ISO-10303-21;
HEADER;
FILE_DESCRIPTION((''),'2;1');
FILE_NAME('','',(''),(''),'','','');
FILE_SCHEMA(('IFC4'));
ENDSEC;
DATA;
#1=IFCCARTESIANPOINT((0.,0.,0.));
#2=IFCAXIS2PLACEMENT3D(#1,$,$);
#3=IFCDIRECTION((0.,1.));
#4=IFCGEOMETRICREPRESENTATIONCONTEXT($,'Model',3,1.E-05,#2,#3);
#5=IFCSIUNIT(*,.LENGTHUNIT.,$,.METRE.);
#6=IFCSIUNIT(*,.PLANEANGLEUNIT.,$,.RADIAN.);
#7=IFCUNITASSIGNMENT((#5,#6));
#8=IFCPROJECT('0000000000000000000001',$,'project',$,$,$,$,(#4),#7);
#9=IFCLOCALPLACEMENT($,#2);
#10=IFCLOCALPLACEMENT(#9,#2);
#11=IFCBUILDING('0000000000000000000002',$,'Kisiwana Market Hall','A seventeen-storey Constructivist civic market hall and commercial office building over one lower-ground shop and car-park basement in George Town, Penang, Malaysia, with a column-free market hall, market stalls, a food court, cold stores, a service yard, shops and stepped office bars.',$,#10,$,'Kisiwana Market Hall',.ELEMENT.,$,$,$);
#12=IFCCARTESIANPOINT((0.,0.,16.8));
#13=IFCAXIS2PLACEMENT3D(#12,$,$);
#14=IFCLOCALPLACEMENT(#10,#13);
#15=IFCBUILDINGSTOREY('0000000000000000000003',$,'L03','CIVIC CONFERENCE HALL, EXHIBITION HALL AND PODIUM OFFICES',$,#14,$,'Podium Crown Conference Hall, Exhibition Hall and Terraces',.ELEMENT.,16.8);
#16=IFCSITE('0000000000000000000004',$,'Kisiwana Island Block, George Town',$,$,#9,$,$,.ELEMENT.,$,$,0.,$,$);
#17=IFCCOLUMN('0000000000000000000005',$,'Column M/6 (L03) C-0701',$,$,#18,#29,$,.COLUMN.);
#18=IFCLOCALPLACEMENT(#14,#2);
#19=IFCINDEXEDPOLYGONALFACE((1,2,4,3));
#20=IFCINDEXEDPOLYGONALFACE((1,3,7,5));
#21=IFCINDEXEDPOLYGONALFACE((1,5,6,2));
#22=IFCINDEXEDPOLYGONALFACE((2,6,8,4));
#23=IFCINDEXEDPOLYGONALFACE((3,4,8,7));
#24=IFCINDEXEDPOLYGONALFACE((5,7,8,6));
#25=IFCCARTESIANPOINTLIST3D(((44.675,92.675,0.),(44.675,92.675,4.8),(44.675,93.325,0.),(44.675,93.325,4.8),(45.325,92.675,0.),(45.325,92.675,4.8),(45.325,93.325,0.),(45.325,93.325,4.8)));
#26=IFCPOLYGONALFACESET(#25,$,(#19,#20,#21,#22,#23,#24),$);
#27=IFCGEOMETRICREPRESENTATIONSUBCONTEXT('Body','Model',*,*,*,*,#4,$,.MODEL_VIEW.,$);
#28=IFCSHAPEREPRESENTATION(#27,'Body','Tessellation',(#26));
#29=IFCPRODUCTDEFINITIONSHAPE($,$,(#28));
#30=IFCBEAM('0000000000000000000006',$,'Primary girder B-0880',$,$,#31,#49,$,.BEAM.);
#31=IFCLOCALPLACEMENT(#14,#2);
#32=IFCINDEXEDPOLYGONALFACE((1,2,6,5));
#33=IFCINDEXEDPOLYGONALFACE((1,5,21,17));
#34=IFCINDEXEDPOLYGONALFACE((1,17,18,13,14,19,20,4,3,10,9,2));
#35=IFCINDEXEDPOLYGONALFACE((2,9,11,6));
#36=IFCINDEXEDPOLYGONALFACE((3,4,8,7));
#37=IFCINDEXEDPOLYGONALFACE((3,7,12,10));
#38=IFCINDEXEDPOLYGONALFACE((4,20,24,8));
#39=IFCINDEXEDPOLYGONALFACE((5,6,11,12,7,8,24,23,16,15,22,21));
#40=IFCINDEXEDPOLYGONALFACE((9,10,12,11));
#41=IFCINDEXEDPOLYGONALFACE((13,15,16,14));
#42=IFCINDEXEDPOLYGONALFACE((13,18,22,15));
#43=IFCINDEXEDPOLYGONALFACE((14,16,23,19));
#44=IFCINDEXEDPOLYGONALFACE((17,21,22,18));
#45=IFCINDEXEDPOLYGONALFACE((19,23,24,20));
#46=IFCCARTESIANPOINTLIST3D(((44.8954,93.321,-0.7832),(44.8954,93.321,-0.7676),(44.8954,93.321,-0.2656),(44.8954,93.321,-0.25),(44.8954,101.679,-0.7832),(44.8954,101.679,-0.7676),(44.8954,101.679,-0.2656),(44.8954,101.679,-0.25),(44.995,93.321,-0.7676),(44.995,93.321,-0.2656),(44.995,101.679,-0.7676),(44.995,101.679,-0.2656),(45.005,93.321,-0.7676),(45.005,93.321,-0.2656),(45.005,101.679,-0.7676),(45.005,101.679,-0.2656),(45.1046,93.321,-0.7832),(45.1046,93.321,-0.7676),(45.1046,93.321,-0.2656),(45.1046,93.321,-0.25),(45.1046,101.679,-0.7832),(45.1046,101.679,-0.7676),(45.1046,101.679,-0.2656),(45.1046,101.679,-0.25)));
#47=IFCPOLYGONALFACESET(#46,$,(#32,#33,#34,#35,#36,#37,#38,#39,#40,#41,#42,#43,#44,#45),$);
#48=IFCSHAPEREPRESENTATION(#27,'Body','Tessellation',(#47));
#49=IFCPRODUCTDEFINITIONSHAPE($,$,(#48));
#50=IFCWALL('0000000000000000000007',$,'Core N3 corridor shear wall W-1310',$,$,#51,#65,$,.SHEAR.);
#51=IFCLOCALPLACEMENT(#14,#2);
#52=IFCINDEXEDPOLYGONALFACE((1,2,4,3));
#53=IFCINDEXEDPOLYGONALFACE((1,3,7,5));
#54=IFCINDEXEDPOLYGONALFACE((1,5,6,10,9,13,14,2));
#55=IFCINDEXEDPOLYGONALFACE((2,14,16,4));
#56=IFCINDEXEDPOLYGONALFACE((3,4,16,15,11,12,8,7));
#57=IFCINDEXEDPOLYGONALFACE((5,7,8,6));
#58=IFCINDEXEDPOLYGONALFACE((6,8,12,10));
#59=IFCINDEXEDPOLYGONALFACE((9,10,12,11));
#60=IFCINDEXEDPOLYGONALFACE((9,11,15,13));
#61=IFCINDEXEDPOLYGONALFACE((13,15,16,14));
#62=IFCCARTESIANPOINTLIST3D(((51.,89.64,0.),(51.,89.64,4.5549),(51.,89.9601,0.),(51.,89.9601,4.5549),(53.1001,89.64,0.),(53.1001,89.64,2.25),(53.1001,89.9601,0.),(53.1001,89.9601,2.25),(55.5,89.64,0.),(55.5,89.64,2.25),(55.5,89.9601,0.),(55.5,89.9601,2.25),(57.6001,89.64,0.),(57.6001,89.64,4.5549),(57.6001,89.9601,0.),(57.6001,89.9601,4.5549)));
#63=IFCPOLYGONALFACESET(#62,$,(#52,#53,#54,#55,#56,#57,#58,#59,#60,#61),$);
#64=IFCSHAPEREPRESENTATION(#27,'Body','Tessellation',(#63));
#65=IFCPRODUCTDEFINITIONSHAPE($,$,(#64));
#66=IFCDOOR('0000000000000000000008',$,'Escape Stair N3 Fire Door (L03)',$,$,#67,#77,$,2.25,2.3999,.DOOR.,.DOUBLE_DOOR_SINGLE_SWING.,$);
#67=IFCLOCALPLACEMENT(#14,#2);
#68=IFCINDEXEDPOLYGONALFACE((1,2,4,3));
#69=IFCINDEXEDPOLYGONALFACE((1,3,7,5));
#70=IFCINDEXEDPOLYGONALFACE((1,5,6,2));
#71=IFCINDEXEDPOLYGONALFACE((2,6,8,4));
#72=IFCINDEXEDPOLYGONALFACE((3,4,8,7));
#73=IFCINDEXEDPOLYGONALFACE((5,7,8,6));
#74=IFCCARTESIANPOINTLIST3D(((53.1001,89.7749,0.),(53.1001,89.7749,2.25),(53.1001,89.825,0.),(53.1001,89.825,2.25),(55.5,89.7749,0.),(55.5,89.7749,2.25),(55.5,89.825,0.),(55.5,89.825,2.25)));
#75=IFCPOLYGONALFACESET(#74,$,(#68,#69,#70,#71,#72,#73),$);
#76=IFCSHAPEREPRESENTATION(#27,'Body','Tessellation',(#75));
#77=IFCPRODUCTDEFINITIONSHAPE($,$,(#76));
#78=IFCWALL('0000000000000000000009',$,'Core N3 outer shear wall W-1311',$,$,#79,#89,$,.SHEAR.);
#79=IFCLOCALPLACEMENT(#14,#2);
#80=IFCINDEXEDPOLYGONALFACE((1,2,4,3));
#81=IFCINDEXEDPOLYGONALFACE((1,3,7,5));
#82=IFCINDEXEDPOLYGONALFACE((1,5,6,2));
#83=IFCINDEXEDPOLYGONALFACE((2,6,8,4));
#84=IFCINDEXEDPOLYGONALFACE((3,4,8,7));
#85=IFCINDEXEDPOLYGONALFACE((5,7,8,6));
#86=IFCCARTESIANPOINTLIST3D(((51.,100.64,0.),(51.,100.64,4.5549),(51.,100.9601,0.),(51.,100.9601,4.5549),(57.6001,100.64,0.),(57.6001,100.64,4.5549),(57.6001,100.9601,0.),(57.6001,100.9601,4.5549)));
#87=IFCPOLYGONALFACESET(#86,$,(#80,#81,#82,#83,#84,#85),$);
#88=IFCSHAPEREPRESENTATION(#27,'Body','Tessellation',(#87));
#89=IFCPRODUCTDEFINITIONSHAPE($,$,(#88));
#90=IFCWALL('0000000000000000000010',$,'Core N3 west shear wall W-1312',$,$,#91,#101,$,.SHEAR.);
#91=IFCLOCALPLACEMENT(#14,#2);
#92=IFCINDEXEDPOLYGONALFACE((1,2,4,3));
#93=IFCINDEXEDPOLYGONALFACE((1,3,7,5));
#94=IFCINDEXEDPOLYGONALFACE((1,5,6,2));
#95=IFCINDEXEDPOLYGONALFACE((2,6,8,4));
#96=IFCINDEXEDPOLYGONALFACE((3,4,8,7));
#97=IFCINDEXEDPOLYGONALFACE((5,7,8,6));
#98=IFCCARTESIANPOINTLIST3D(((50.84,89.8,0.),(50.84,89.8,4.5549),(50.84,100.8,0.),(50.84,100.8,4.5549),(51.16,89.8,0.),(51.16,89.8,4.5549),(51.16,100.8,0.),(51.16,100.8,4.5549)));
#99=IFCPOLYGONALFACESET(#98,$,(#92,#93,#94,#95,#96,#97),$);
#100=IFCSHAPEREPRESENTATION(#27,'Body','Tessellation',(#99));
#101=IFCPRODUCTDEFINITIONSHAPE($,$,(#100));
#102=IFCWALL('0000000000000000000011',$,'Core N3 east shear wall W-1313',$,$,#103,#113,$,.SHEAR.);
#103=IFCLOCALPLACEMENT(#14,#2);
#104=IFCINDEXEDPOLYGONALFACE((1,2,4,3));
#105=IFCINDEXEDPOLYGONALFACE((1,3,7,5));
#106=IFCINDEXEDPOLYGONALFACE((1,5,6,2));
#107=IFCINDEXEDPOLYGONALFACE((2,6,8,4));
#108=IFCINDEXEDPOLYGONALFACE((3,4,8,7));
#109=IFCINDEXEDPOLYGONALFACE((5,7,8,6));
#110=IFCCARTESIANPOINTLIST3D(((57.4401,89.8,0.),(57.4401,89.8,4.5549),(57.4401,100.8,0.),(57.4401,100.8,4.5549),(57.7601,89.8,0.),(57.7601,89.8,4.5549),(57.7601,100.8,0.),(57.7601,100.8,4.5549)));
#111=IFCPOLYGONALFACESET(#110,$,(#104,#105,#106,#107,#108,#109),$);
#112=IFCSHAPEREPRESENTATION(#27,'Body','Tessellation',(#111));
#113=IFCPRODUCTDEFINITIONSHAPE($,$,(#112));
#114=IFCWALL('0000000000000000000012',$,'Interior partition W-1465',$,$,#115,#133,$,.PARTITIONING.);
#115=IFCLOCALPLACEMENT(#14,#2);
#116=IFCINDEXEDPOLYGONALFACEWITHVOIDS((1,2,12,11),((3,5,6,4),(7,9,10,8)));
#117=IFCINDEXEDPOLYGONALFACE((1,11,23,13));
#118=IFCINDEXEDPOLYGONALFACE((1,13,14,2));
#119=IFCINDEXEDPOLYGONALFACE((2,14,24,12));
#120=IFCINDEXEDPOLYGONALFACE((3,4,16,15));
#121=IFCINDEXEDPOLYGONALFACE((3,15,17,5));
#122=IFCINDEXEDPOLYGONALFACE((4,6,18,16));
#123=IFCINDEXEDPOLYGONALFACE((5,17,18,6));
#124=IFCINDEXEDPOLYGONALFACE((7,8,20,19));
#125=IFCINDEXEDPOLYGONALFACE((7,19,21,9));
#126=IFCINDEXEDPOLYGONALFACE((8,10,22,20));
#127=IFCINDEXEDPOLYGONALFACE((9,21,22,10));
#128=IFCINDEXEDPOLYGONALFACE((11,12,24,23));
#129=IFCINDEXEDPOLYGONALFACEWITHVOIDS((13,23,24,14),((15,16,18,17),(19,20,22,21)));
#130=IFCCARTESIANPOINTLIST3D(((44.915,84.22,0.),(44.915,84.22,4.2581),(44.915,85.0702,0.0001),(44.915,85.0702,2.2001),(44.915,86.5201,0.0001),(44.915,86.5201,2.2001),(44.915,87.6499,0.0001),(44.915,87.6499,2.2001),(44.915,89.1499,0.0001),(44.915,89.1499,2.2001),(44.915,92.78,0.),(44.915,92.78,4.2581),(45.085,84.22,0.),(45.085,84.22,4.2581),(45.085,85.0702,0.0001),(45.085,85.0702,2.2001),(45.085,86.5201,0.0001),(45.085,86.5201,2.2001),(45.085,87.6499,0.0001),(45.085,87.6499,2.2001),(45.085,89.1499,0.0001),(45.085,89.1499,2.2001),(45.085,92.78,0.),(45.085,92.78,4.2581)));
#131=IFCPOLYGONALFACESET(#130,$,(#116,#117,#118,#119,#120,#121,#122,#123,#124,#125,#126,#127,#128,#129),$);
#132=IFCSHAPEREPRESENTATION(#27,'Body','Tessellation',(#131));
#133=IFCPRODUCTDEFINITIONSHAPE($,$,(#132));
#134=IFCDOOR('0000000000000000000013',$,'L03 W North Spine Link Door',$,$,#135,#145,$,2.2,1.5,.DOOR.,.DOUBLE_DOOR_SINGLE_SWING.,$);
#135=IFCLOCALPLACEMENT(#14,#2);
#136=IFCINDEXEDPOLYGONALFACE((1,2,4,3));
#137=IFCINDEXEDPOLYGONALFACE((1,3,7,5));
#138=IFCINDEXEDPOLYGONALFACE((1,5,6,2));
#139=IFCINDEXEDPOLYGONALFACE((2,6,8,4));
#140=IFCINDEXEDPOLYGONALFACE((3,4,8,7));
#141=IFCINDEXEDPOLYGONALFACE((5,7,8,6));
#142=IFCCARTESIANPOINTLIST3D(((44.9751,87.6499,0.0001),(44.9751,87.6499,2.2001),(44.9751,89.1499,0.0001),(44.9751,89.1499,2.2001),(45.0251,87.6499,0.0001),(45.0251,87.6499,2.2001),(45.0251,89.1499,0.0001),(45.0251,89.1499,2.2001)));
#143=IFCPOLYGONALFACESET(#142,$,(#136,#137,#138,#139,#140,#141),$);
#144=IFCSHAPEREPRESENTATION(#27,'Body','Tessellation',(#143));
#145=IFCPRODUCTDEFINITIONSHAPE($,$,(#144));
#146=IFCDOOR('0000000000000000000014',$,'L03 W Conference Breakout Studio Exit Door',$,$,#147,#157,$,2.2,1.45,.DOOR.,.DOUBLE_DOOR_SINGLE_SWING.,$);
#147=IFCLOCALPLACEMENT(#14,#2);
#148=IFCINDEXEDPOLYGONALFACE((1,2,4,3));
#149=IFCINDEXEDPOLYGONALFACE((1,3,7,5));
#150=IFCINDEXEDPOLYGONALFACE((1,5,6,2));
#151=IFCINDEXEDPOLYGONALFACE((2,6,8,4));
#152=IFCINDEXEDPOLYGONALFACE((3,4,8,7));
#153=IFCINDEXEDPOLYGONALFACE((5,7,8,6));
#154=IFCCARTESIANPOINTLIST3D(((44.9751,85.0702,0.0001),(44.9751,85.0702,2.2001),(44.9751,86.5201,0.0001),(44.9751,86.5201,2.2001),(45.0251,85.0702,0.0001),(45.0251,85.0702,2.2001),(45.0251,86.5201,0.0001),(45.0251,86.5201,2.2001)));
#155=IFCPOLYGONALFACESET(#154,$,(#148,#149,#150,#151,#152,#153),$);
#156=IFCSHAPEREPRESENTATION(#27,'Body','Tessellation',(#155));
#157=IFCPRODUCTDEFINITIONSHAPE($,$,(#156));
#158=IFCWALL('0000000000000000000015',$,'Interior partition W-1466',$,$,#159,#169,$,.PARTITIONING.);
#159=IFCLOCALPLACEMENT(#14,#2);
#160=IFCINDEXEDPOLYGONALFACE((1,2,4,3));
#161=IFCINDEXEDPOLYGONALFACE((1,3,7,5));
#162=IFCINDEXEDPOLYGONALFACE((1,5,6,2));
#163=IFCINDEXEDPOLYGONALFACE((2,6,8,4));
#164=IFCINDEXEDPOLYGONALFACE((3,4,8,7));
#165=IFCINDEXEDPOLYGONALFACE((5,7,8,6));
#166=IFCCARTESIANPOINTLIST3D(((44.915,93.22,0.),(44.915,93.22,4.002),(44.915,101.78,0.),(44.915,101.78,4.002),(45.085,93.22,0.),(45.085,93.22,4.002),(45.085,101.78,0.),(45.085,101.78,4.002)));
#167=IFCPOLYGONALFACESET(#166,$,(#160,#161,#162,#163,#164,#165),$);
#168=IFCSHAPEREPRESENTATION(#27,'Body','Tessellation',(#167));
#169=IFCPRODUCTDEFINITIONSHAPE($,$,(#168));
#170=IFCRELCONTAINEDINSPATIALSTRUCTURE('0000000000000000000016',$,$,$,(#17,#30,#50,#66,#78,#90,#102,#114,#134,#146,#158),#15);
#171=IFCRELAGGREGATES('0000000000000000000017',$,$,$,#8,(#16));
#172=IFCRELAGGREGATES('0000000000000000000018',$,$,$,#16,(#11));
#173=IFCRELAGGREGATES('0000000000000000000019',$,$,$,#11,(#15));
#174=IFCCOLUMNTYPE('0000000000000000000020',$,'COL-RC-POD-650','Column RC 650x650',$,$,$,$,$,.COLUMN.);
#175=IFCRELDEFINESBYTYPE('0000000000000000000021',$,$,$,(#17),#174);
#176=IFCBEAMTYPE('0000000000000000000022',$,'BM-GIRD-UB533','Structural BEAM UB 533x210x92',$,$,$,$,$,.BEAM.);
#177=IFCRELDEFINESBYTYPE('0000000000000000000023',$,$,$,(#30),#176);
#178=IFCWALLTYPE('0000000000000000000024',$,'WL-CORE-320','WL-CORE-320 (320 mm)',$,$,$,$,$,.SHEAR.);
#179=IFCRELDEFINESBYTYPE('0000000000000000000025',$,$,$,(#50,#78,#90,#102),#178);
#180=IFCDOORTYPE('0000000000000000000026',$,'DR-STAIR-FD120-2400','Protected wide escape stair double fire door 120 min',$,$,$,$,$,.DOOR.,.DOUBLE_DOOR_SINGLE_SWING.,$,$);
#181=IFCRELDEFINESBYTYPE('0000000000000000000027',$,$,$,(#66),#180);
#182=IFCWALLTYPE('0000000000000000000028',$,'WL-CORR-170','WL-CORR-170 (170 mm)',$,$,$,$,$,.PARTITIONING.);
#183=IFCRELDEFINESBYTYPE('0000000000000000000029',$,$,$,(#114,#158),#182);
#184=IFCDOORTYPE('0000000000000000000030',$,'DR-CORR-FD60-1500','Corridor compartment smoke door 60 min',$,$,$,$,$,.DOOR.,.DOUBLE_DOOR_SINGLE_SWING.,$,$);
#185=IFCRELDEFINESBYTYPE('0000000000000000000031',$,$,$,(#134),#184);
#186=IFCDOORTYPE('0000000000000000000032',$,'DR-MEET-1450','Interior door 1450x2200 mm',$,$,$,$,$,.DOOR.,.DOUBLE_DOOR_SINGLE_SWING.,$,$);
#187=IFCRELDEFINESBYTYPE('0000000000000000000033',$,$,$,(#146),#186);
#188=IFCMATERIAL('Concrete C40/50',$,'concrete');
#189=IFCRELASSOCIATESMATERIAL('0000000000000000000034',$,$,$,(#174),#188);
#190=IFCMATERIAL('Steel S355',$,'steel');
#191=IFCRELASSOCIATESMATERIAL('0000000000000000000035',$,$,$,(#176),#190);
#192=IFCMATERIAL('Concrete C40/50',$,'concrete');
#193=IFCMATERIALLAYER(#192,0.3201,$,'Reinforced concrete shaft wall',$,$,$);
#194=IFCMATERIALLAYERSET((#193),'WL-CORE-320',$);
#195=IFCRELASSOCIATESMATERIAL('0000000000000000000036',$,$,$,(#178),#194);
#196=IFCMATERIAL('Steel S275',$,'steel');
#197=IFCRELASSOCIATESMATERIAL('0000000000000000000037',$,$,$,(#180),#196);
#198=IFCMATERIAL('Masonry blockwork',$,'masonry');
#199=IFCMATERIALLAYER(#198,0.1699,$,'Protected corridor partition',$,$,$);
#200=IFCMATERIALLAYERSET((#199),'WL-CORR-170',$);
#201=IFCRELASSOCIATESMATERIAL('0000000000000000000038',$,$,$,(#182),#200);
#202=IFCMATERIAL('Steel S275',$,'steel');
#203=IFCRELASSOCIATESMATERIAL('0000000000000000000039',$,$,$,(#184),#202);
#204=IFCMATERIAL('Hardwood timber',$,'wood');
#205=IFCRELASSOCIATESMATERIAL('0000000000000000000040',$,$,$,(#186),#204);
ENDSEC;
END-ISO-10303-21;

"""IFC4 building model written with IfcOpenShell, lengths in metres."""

from ifc_helpers import new_model, si_unit, direction, frame, frame_2d, origin, origin_2d, place, context, subcontext, project, spatial, rectangle, i_section, extrude, material, layer, layer_set, material_profile, profile_set, type_object, element, fill, save


model = new_model("IFC4")

# Units and contexts
model_context = context("Model", 3, precision=1e-05, world=origin(), true_north=direction((0.0, 1.0)))
body_context = subcontext(model_context, "Body", "Model", "MODEL_VIEW")
ifc_project = project(units=[si_unit("LENGTHUNIT", "METRE"), si_unit("PLANEANGLEUNIT", "RADIAN")], contexts=[model_context])

# Site, building, storey
site_placement = place(None, origin())
site = spatial("IfcSite", under=ifc_project, at=site_placement, Name="Kisiwana Island Block, George Town", CompositionType="ELEMENT", RefElevation=0.0)
building_placement = place(site_placement, origin())
building = spatial("IfcBuilding", under=site, at=building_placement, Name="Kisiwana Market Hall", Description="A seventeen-storey Constructivist civic market hall and commercial office building over one lower-ground shop and car-park basement in George Town, Penang, Malaysia, with a column-free market hall, market stalls, a food court, cold stores, a service yard, shops and stepped office bars.", LongName="Kisiwana Market Hall", CompositionType="ELEMENT")
storey_placement = place(building_placement, frame((0.0, 0.0, 16.8)))
storey = spatial("IfcBuildingStorey", under=building, at=storey_placement, Name="L03", Description="CIVIC CONFERENCE HALL, EXHIBITION HALL AND PODIUM OFFICES", LongName="Podium Crown Conference Hall, Exhibition Hall and Terraces", CompositionType="ELEMENT", Elevation=16.8)

# Column
ifc_material_1 = material(Name="Concrete C40/50", Category="concrete")
ifc_material_profile_1 = material_profile(ifc_material_1, rectangle(XDim=0.6499, YDim=0.6499, at=origin_2d()), Name="RC 650x650")
ifc_profile_set_1 = profile_set([ifc_material_profile_1], Name="Concrete C40/50")
column_type = type_object("IfcColumnType", Name="COL-RC-POD-650", Description="Column RC 650x650", PredefinedType="COLUMN", material=ifc_profile_set_1)
column_placement = place(storey_placement, frame((45.0, 93.0, 0.0), z_axis=(0.0, 0.0, 1.0), x_axis=(1.0, 0.0, 0.0)))
element("IfcColumn", 1, at=column_placement, inside=storey, type_object=column_type, Name="Column M/6 (L03) C-0701", PredefinedType="COLUMN", context=body_context, shape_type="SweptSolid", body=[
    extrude(rectangle(XDim=0.6499, YDim=0.6499, at=origin_2d()), origin(), (0.0, 0.0, 1.0), 4.8),
])

# Beam
ifc_material_2 = material(Name="Steel S355", Category="steel")
ifc_material_profile_2 = material_profile(ifc_material_2, i_section(OverallWidth=0.2092, OverallDepth=0.5332, WebThickness=0.01, FlangeThickness=0.0156, at=origin_2d()), Name="UB 533x210x92")
ifc_profile_set_2 = profile_set([ifc_material_profile_2], Name="Steel S355")
beam_type = type_object("IfcBeamType", Name="BM-GIRD-UB533", Description="Structural BEAM UB 533x210x92", PredefinedType="BEAM", material=ifc_profile_set_2)
beam_placement = place(storey_placement, frame((45.0, 93.321, -0.5166), z_axis=(0.0, 1.0, 0.0), x_axis=(-1.0, 0.0, 0.0)))
element("IfcBeam", 2, at=beam_placement, inside=storey, type_object=beam_type, Name="Primary girder B-0880", PredefinedType="BEAM", context=body_context, shape_type="SweptSolid", body=[
    extrude(i_section(OverallWidth=0.2092, OverallDepth=0.5332, WebThickness=0.01, FlangeThickness=0.0156, at=origin_2d()), origin(), (0.0, 0.0, 1.0), 8.3579),
])

# Wall, opening, door
ifc_material_3 = material(Name="Concrete C40/50", Category="concrete")
ifc_layer_1 = layer(ifc_material_3, 0.3201, Name="Reinforced concrete shaft wall")
ifc_layer_set_1 = layer_set([ifc_layer_1], Name="WL-CORE-320")
wall_type_1 = type_object("IfcWallType", Name="WL-CORE-320", Description="WL-CORE-320 (320 mm)", PredefinedType="SHEAR", material=ifc_layer_set_1)
wall_1_placement = place(storey_placement, frame((51.0, 89.8, 0.0), z_axis=(0.0, 0.0, 1.0), x_axis=(1.0, 0.0, 0.0)))
wall_1 = element("IfcWall", 3, at=wall_1_placement, inside=storey, type_object=wall_type_1, Name="Core N3 corridor shear wall W-1310", PredefinedType="SHEAR", context=body_context, shape_type="SweptSolid", body=[
    extrude(rectangle(XDim=6.6001, YDim=0.3201, at=frame_2d((3.3, 0.0))), origin(), (0.0, 0.0, 1.0), 4.5549),
])
opening_1_placement = place(wall_1_placement, frame((2.1001, 0.0, 0.0)))
opening_1 = element("IfcOpeningElement", 4, at=opening_1_placement, cuts=wall_1, PredefinedType="OPENING", context=body_context, shape_type="SweptSolid", body=[
    extrude(rectangle(XDim=2.3999, YDim=2.25, at=frame_2d((1.2, 1.125))), frame((0.0, 0.1719, 0.0), z_axis=(0.0, -1.0, 0.0), x_axis=(1.0, 0.0, 0.0)), (0.0, 0.0, 1.0), 0.344),
])
ifc_material_4 = material(Name="Steel S275", Category="steel")
door_type_1 = type_object("IfcDoorType", Name="DR-STAIR-FD120-2400", Description="Protected wide escape stair double fire door 120 min", OperationType="DOUBLE_DOOR_SINGLE_SWING", PredefinedType="DOOR", material=ifc_material_4)
door_1_placement = place(opening_1_placement, origin())
door_1 = element("IfcDoor", 5, at=door_1_placement, inside=storey, type_object=door_type_1, Name="Escape Stair N3 Fire Door (L03)", OperationType="DOUBLE_DOOR_SINGLE_SWING", OverallHeight=2.25, OverallWidth=2.3999, PredefinedType="DOOR", context=body_context, shape_type="SweptSolid", body=[
    extrude(rectangle(XDim=2.3999, YDim=2.25, at=frame_2d((1.2, 1.125))), frame((0.0, 0.0249, 0.0), z_axis=(0.0, -1.0, 0.0), x_axis=(1.0, 0.0, 0.0)), (0.0, 0.0, 1.0), 0.05),
])
fill(opening_1, door_1)

# Walls
wall_2_placement = place(storey_placement, frame((51.0, 100.8, 0.0), z_axis=(0.0, 0.0, 1.0), x_axis=(1.0, 0.0, 0.0)))
element("IfcWall", 6, at=wall_2_placement, inside=storey, type_object=wall_type_1, Name="Core N3 outer shear wall W-1311", PredefinedType="SHEAR", context=body_context, shape_type="SweptSolid", body=[
    extrude(rectangle(XDim=6.6001, YDim=0.3201, at=frame_2d((3.3, 0.0))), origin(), (0.0, 0.0, 1.0), 4.5549),
])
for number, where, z_axis, x_axis, name in (
    (7, (51.0, 89.8, 0.0), (0.0, 0.0, 1.0), (0.0, 1.0, 0.0), "Core N3 west shear wall W-1312"),
    (8, (57.6001, 89.8, 0.0), (0.0, 0.0, 1.0), (0.0, 1.0, 0.0), "Core N3 east shear wall W-1313"),
):
    element("IfcWall", number, at=place(storey_placement, frame(where, z_axis=z_axis, x_axis=x_axis)), inside=storey, type_object=wall_type_1, Name=name, PredefinedType="SHEAR", context=body_context, shape_type="SweptSolid", body=[
        extrude(rectangle(XDim=11.0, YDim=0.3201, at=frame_2d((5.5, 0.0))), origin(), (0.0, 0.0, 1.0), 4.5549),
    ])

# Wall, openings, doors
ifc_material_5 = material(Name="Masonry blockwork", Category="masonry")
ifc_layer_2 = layer(ifc_material_5, 0.1699, Name="Protected corridor partition")
ifc_layer_set_2 = layer_set([ifc_layer_2], Name="WL-CORR-170")
wall_type_2 = type_object("IfcWallType", Name="WL-CORR-170", Description="WL-CORR-170 (170 mm)", PredefinedType="PARTITIONING", material=ifc_layer_set_2)
wall_3_placement = place(storey_placement, frame((45.0, 84.22, 0.0), z_axis=(0.0, 0.0, 1.0), x_axis=(0.0, 1.0, 0.0)))
wall_3 = element("IfcWall", 9, at=wall_3_placement, inside=storey, type_object=wall_type_2, Name="Interior partition W-1465", PredefinedType="PARTITIONING", context=body_context, shape_type="SweptSolid", body=[
    extrude(rectangle(XDim=8.5601, YDim=0.1699, at=frame_2d((4.28, 0.0))), origin(), (0.0, 0.0, 1.0), 4.2581),
])
opening_2_placement = place(wall_3_placement, frame((3.4299, 0.0, 0.0)))
opening_2 = element("IfcOpeningElement", 10, at=opening_2_placement, cuts=wall_3, PredefinedType="OPENING", context=body_context, shape_type="SweptSolid", body=[
    extrude(rectangle(XDim=1.5, YDim=2.2, at=frame_2d((0.75, 1.1001))), frame((0.0, 0.0969, 0.0), z_axis=(0.0, -1.0, 0.0), x_axis=(1.0, 0.0, 0.0)), (0.0, 0.0, 1.0), 0.1938),
])
opening_3_placement = place(wall_3_placement, frame((0.8501, 0.0, 0.0)))
opening_3 = element("IfcOpeningElement", 11, at=opening_3_placement, cuts=wall_3, PredefinedType="OPENING", context=body_context, shape_type="SweptSolid", body=[
    extrude(rectangle(XDim=1.45, YDim=2.2, at=frame_2d((0.7251, 1.1001))), frame((0.0, 0.0969, 0.0), z_axis=(0.0, -1.0, 0.0), x_axis=(1.0, 0.0, 0.0)), (0.0, 0.0, 1.0), 0.1938),
])
ifc_material_6 = material(Name="Steel S275", Category="steel")
door_type_2 = type_object("IfcDoorType", Name="DR-CORR-FD60-1500", Description="Corridor compartment smoke door 60 min", OperationType="DOUBLE_DOOR_SINGLE_SWING", PredefinedType="DOOR", material=ifc_material_6)
door_2_placement = place(opening_2_placement, origin())
door_2 = element("IfcDoor", 12, at=door_2_placement, inside=storey, type_object=door_type_2, Name="L03 W North Spine Link Door", OperationType="DOUBLE_DOOR_SINGLE_SWING", OverallHeight=2.2, OverallWidth=1.5, PredefinedType="DOOR", context=body_context, shape_type="SweptSolid", body=[
    extrude(rectangle(XDim=1.5, YDim=2.2, at=frame_2d((0.75, 1.1001))), frame((0.0, 0.0249, 0.0), z_axis=(0.0, -1.0, 0.0), x_axis=(1.0, 0.0, 0.0)), (0.0, 0.0, 1.0), 0.05),
])
fill(opening_2, door_2)
ifc_material_7 = material(Name="Hardwood timber", Category="wood")
door_type_3 = type_object("IfcDoorType", Name="DR-MEET-1450", Description="Interior door 1450x2200 mm", OperationType="DOUBLE_DOOR_SINGLE_SWING", PredefinedType="DOOR", material=ifc_material_7)
door_3_placement = place(opening_3_placement, origin())
door_3 = element("IfcDoor", 13, at=door_3_placement, inside=storey, type_object=door_type_3, Name="L03 W Conference Breakout Studio Exit Door", OperationType="DOUBLE_DOOR_SINGLE_SWING", OverallHeight=2.2, OverallWidth=1.45, PredefinedType="DOOR", context=body_context, shape_type="SweptSolid", body=[
    extrude(rectangle(XDim=1.45, YDim=2.2, at=frame_2d((0.7251, 1.1001))), frame((0.0, 0.0249, 0.0), z_axis=(0.0, -1.0, 0.0), x_axis=(1.0, 0.0, 0.0)), (0.0, 0.0, 1.0), 0.05),
])
fill(opening_3, door_3)

# Wall
wall_4_placement = place(storey_placement, frame((45.0, 93.22, 0.0), z_axis=(0.0, 0.0, 1.0), x_axis=(0.0, 1.0, 0.0)))
element("IfcWall", 14, at=wall_4_placement, inside=storey, type_object=wall_type_2, Name="Interior partition W-1466", PredefinedType="PARTITIONING", context=body_context, shape_type="SweptSolid", body=[
    extrude(rectangle(XDim=8.5601, YDim=0.1699, at=frame_2d((4.28, 0.0))), origin(), (0.0, 0.0, 1.0), 4.002),
])

save(model, "model.ifc")
